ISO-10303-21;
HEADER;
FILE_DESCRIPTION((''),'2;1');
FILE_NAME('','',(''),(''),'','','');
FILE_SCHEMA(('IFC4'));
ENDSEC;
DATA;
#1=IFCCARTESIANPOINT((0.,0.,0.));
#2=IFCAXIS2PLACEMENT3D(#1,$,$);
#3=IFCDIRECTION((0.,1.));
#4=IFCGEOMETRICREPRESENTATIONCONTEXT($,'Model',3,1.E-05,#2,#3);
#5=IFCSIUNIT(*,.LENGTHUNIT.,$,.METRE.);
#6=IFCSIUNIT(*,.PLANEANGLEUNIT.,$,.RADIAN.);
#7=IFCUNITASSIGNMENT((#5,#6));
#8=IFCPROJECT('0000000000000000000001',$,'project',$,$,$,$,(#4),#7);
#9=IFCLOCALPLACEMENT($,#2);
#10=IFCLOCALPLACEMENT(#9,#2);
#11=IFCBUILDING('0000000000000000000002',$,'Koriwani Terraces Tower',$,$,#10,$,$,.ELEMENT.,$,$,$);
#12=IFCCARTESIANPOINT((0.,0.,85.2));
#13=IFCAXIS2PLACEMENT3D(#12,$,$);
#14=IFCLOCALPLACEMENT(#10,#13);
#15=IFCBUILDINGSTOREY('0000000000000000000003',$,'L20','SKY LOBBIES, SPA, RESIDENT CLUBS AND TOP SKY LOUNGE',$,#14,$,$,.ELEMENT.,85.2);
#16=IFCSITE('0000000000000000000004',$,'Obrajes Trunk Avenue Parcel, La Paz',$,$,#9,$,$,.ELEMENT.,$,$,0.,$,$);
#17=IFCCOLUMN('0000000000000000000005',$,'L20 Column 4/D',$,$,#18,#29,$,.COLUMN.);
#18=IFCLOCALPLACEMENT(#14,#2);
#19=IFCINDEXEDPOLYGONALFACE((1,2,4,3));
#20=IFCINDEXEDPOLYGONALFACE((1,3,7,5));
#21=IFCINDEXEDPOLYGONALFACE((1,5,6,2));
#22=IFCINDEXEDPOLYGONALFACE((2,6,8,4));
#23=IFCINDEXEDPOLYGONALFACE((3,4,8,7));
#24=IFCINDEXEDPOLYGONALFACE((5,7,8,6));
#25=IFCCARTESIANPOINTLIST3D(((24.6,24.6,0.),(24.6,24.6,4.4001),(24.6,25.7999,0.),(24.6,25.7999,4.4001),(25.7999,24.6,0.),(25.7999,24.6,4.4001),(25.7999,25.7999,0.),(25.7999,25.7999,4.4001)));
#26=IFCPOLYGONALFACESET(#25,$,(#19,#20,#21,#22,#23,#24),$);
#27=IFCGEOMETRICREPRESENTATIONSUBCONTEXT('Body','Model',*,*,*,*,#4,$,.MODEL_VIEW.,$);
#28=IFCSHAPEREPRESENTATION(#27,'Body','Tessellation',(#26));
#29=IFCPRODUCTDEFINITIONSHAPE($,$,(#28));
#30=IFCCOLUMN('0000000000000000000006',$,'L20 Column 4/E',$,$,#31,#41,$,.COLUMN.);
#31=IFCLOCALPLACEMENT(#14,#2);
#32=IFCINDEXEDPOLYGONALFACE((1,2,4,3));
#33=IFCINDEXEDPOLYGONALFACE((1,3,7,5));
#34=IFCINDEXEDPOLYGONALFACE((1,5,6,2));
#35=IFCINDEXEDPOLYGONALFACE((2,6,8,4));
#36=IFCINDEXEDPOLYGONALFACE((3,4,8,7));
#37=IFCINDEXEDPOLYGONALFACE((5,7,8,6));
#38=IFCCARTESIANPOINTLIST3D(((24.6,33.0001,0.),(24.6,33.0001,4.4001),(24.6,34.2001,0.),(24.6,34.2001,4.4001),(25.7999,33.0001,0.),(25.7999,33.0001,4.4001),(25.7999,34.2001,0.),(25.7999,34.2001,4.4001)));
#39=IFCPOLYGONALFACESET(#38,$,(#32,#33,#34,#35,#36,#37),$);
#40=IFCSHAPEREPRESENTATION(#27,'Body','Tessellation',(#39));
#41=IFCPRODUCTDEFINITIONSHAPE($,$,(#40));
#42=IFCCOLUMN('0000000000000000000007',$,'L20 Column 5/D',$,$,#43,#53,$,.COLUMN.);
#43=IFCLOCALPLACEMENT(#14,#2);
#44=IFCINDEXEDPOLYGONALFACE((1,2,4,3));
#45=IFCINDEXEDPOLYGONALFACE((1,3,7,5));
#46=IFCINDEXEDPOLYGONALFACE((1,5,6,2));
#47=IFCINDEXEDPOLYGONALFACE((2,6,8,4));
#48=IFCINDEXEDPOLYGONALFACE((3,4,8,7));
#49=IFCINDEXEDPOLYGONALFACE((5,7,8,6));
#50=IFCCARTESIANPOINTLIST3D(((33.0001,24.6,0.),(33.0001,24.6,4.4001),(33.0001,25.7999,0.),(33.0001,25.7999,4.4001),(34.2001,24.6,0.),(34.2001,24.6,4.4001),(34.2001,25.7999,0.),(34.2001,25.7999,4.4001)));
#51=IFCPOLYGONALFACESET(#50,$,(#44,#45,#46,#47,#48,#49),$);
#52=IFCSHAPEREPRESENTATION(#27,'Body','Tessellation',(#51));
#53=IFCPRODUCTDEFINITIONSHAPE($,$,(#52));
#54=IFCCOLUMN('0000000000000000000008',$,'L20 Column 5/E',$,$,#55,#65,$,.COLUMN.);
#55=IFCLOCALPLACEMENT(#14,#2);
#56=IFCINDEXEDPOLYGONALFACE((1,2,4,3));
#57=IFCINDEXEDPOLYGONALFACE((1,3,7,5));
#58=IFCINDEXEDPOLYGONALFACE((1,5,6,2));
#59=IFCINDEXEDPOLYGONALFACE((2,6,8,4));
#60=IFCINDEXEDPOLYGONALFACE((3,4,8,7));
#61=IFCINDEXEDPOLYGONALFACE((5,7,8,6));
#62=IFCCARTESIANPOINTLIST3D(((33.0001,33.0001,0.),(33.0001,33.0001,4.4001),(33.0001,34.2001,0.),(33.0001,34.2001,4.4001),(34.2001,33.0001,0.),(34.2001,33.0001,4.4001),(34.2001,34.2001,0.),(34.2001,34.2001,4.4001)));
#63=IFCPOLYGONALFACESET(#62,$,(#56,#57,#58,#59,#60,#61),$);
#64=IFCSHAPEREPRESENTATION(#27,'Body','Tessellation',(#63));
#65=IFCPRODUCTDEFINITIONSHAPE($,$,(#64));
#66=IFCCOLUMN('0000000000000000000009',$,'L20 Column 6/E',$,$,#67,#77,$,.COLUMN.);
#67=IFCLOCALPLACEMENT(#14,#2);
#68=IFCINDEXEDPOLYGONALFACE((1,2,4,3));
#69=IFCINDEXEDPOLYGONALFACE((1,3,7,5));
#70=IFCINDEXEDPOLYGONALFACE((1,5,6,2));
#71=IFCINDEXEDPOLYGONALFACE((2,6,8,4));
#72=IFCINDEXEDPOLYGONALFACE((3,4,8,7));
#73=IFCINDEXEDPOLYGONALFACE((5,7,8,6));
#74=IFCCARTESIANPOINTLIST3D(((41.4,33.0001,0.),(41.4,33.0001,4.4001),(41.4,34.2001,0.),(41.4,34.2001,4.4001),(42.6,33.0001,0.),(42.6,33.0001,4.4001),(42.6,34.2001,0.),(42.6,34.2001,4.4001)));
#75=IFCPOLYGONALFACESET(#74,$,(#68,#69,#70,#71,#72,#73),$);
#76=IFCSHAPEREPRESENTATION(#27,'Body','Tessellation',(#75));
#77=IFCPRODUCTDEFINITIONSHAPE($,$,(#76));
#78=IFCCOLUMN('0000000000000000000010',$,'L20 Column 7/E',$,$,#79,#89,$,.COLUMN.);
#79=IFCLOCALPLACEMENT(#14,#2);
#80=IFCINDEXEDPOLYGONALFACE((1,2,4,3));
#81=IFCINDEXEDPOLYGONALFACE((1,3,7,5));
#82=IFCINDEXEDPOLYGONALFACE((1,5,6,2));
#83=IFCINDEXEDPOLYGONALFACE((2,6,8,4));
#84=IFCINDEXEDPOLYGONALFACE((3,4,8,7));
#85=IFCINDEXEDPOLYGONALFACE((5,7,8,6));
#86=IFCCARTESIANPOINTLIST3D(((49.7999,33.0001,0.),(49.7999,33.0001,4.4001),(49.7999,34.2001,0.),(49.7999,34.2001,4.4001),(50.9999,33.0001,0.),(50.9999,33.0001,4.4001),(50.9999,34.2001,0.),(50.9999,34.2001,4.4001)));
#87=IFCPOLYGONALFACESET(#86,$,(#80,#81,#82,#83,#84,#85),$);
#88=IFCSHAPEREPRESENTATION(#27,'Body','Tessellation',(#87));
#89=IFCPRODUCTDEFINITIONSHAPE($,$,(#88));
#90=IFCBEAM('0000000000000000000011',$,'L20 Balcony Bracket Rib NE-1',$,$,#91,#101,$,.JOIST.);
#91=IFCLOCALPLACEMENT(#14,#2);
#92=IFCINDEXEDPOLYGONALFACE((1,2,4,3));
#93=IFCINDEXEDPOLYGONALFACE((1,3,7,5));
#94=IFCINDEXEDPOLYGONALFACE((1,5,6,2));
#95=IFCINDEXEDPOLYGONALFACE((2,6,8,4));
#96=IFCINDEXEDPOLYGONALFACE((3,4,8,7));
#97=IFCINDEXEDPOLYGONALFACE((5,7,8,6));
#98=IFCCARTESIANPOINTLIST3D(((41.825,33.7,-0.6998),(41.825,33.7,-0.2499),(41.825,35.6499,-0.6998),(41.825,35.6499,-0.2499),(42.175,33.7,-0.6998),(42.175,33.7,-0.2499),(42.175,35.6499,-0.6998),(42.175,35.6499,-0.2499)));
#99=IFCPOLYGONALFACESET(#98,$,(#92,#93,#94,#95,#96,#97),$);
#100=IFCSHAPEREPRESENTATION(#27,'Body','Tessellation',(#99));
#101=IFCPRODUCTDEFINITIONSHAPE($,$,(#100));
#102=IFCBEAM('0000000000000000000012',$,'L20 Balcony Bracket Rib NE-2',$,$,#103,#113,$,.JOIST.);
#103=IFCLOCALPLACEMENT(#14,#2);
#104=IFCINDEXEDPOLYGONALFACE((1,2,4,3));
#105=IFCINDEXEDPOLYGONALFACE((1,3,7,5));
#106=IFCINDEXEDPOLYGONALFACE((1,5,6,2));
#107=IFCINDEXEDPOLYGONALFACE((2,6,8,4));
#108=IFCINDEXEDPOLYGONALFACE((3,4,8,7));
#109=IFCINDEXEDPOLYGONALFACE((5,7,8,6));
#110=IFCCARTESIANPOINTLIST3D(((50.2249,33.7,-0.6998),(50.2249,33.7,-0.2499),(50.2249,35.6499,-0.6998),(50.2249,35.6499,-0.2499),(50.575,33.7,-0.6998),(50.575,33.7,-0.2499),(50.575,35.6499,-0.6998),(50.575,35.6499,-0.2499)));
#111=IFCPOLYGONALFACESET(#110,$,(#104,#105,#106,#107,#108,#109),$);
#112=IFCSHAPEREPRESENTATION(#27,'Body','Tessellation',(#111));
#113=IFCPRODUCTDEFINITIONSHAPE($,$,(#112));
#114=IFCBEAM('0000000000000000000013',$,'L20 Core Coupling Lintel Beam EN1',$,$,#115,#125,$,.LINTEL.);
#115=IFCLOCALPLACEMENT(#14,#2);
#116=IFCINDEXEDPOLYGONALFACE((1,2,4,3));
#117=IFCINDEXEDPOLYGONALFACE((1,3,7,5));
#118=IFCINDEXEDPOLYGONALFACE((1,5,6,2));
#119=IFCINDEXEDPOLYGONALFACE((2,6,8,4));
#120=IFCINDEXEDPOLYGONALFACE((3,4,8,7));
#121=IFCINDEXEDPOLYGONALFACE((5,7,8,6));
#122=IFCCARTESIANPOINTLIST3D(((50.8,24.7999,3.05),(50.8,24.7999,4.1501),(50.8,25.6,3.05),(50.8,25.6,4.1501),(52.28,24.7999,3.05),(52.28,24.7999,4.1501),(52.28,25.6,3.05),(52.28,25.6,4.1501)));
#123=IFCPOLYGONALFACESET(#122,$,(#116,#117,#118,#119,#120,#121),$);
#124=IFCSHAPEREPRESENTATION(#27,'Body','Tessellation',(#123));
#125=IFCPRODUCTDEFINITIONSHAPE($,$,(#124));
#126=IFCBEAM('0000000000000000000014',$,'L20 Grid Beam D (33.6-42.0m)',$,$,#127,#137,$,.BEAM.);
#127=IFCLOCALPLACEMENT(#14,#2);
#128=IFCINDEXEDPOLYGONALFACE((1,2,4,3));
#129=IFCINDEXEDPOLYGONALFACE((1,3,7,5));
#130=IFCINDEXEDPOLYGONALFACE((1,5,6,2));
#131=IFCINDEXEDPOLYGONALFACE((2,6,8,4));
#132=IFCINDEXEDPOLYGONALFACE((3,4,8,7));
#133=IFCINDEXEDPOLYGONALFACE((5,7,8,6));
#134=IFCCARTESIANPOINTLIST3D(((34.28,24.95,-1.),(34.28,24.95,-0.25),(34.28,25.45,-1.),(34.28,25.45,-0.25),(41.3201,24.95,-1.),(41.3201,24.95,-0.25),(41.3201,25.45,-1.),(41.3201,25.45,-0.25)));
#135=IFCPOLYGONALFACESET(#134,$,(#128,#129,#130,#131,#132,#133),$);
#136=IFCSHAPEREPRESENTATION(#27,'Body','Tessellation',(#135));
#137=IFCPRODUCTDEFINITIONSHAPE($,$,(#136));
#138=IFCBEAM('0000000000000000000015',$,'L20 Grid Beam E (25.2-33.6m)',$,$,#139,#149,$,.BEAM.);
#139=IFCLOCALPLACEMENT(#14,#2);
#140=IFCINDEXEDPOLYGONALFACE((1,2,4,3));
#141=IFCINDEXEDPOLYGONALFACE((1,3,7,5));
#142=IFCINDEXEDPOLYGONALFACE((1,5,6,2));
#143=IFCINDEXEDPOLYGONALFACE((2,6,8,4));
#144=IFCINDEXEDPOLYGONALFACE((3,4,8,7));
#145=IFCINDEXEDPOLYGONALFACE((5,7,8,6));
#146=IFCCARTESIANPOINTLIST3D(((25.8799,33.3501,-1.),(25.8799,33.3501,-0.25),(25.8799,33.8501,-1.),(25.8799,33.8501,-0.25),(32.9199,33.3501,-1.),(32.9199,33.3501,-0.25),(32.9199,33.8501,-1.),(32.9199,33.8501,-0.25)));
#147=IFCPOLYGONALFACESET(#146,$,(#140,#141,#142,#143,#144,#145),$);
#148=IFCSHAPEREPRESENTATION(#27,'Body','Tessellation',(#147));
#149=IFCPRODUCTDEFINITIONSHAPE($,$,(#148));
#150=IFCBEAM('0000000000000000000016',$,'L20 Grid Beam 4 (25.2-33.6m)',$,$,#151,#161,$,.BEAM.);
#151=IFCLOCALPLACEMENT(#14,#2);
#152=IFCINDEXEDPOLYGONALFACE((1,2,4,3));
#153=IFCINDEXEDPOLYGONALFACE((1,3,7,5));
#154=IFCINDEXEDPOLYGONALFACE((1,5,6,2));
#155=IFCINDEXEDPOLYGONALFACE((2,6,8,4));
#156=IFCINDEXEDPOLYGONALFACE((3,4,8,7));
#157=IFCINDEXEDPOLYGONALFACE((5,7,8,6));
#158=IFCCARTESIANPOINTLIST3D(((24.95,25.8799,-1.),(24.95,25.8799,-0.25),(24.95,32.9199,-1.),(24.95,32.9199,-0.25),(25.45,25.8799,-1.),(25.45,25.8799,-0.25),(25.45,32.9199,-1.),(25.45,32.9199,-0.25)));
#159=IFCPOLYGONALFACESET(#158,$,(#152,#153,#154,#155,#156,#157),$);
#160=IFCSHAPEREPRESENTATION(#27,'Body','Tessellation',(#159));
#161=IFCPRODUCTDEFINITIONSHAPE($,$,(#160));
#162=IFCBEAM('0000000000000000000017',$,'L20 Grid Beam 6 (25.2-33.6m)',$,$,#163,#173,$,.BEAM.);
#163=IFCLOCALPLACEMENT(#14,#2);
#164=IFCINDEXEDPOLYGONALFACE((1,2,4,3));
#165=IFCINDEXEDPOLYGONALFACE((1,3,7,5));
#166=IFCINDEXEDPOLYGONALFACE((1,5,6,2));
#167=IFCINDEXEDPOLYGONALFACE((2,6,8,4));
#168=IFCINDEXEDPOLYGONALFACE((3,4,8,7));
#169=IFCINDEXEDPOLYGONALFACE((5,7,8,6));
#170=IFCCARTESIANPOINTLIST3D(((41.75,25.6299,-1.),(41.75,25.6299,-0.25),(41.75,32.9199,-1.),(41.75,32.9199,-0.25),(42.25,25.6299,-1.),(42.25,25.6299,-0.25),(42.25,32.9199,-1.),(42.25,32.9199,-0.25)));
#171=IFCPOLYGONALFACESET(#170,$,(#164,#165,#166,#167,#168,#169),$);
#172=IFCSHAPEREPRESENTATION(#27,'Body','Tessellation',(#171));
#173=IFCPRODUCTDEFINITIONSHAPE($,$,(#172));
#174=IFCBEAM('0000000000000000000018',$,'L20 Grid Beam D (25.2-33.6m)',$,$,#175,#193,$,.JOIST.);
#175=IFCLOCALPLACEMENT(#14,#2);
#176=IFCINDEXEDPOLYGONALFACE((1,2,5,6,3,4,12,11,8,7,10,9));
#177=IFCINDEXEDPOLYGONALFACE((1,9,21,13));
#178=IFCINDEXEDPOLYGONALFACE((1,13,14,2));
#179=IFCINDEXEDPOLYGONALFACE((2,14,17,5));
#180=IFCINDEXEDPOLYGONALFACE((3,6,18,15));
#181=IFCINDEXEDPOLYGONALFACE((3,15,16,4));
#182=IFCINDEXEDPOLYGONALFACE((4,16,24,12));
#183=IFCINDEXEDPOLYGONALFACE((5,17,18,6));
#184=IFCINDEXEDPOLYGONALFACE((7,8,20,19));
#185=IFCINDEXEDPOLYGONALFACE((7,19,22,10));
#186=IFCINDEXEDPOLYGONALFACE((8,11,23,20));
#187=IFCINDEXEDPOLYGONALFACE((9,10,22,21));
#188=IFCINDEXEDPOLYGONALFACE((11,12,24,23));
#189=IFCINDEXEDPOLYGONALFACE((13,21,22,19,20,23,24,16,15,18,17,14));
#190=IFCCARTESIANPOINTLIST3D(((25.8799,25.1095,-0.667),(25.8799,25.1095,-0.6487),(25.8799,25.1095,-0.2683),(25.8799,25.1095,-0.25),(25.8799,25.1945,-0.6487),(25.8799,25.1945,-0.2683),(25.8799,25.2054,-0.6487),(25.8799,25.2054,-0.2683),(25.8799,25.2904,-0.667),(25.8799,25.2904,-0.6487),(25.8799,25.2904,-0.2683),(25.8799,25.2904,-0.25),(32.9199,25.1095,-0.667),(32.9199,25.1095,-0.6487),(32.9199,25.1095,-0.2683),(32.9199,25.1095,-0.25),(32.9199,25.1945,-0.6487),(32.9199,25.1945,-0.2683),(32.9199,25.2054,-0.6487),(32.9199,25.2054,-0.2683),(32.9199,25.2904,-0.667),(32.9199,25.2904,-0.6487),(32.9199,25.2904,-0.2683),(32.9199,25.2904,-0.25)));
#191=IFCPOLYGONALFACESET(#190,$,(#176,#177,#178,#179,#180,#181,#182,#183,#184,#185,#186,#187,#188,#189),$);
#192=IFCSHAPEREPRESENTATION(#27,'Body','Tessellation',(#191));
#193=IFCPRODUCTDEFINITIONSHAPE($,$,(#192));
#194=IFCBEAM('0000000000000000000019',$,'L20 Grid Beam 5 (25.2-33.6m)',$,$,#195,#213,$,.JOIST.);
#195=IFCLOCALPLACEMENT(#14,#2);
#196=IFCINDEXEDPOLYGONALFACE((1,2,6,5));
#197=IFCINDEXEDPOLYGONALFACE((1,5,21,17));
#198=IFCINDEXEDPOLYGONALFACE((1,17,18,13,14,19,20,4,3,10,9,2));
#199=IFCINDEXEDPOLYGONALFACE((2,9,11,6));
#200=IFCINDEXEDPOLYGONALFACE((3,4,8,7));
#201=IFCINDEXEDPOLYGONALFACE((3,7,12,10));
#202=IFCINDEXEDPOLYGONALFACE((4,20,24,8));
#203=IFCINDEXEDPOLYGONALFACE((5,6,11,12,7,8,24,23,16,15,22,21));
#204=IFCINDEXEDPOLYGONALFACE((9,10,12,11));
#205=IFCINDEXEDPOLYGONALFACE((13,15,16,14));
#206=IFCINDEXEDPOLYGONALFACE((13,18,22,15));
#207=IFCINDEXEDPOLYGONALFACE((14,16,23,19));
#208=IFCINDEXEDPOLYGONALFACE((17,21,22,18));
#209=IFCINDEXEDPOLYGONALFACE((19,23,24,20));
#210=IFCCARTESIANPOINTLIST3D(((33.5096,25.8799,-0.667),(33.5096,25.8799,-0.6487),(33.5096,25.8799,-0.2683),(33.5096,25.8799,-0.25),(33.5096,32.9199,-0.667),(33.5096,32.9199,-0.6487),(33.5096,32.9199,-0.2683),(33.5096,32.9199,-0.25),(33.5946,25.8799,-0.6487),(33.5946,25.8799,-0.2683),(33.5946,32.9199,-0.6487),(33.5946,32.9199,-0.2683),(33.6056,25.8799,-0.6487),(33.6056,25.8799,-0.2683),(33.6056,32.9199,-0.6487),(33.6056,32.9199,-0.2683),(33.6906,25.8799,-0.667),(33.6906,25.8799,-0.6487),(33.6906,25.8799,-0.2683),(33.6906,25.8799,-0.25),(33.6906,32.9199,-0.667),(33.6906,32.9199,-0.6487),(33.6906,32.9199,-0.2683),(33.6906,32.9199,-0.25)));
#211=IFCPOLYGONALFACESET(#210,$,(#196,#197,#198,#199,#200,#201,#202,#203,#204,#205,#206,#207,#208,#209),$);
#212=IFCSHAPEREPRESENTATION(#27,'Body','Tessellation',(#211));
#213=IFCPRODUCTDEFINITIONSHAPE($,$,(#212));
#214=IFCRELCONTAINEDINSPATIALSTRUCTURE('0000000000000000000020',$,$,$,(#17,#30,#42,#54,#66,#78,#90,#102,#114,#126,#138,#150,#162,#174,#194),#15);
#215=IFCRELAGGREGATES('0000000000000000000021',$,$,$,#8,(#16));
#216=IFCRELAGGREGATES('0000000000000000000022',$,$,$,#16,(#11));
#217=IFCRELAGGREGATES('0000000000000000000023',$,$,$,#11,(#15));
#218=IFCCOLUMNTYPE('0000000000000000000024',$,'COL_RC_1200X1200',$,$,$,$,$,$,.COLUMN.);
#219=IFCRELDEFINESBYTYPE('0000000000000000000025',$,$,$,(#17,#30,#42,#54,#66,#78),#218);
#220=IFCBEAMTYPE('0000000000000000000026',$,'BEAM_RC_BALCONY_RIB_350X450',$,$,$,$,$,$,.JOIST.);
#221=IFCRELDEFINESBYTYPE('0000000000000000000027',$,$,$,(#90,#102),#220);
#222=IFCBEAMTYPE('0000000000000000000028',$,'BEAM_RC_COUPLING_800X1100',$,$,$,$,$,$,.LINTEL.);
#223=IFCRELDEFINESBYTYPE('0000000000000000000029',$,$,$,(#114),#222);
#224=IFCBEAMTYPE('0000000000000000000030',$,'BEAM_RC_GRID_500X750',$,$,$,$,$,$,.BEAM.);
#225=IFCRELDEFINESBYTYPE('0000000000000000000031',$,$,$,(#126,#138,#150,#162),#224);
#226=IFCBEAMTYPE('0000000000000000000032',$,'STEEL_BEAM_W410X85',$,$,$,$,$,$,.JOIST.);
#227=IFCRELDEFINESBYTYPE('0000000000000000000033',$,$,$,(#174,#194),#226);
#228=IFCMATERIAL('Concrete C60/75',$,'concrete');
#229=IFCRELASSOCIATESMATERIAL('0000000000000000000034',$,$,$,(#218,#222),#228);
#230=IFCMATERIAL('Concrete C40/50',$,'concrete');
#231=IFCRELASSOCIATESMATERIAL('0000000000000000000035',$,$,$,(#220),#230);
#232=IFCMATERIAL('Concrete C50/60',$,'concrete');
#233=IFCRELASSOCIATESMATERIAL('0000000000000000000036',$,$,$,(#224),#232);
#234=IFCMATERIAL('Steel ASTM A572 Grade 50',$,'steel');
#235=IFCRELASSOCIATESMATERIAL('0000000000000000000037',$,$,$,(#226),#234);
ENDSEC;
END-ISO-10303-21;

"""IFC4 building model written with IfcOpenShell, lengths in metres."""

from ifc_helpers import new_model, si_unit, direction, frame, origin, origin_2d, place, context, subcontext, project, spatial, rectangle, i_section, extrude, material, material_profile, profile_set, type_object, element, save


model = new_model("IFC4")

# Units and contexts
model_context = context("Model", 3, precision=1e-05, world=origin(), true_north=direction((0.0, 1.0)))
body_context = subcontext(model_context, "Body", "Model", "MODEL_VIEW")
ifc_project = project(units=[si_unit("LENGTHUNIT", "METRE"), si_unit("PLANEANGLEUNIT", "RADIAN")], contexts=[model_context])

# Site, building, storey
site_placement = place(None, origin())
site = spatial("IfcSite", under=ifc_project, at=site_placement, Name="Obrajes Trunk Avenue Parcel, La Paz", CompositionType="ELEMENT", RefElevation=0.0)
building_placement = place(site_placement, origin())
building = spatial("IfcBuilding", under=site, at=building_placement, Name="Koriwani Terraces Tower", CompositionType="ELEMENT")
storey_placement = place(building_placement, frame((0.0, 0.0, 85.2)))
storey = spatial("IfcBuildingStorey", under=building, at=storey_placement, Name="L20", Description="SKY LOBBIES, SPA, RESIDENT CLUBS AND TOP SKY LOUNGE", CompositionType="ELEMENT", Elevation=85.2)

# Columns
ifc_material_1 = material(Name="Concrete C60/75", Category="concrete")
ifc_material_profile_1 = material_profile(ifc_material_1, rectangle(XDim=1.2, YDim=1.2, at=origin_2d()), Name="Concrete C60/75", Category="LoadBearing")
ifc_profile_set_1 = profile_set([ifc_material_profile_1], Name="Concrete C60/75")
column_type = type_object("IfcColumnType", Name="COL_RC_1200X1200", PredefinedType="COLUMN", material=ifc_profile_set_1)
for number, where, z_axis, x_axis, name in (
    (1, (25.2, 25.2, 0.0), (0.0, 0.0, 1.0), (1.0, 0.0, 0.0), "L20 Column 4/D"),
    (2, (25.2, 33.6001, 0.0), (0.0, 0.0, 1.0), (1.0, 0.0, 0.0), "L20 Column 4/E"),
    (3, (33.6001, 25.2, 0.0), (0.0, 0.0, 1.0), (1.0, 0.0, 0.0), "L20 Column 5/D"),
    (4, (33.6001, 33.6001, 0.0), (0.0, 0.0, 1.0), (1.0, 0.0, 0.0), "L20 Column 5/E"),
    (5, (42.0, 33.6001, 0.0), (0.0, 0.0, 1.0), (1.0, 0.0, 0.0), "L20 Column 6/E"),
    (6, (50.3999, 33.6001, 0.0), (0.0, 0.0, 1.0), (1.0, 0.0, 0.0), "L20 Column 7/E"),
):
    element("IfcColumn", number, at=place(storey_placement, frame(where, z_axis=z_axis, x_axis=x_axis)), inside=storey, type_object=column_type, Name=name, PredefinedType="COLUMN", context=body_context, shape_type="SweptSolid", body=[
        extrude(rectangle(XDim=1.2, YDim=1.2, at=origin_2d()), origin(), (0.0, 0.0, 1.0), 4.4001),
    ])

# Beams
ifc_material_2 = material(Name="Concrete C40/50", Category="concrete")
ifc_material_profile_2 = material_profile(ifc_material_2, rectangle(XDim=0.3501, YDim=0.45, at=origin_2d()), Name="Concrete C40/50", Category="LoadBearing")
ifc_profile_set_2 = profile_set([ifc_material_profile_2], Name="Concrete C40/50")
beam_type_1 = type_object("IfcBeamType", Name="BEAM_RC_BALCONY_RIB_350X450", PredefinedType="JOIST", material=ifc_profile_set_2)
for number, where, z_axis, x_axis, name in (
    (7, (42.0, 33.7, -0.4749), (0.0, 1.0, 0.0), (-1.0, 0.0, 0.0), "L20 Balcony Bracket Rib NE-1"),
    (8, (50.3999, 33.7, -0.4749), (0.0, 1.0, 0.0), (-1.0, 0.0, 0.0), "L20 Balcony Bracket Rib NE-2"),
):
    element("IfcBeam", number, at=place(storey_placement, frame(where, z_axis=z_axis, x_axis=x_axis)), inside=storey, type_object=beam_type_1, Name=name, PredefinedType="JOIST", context=body_context, shape_type="SweptSolid", body=[
        extrude(rectangle(XDim=0.3501, YDim=0.45, at=origin_2d()), origin(), (0.0, 0.0, 1.0), 1.95),
    ])
ifc_material_profile_3 = material_profile(ifc_material_1, rectangle(XDim=0.8, YDim=1.1001, at=origin_2d()), Name="Concrete C60/75", Category="LoadBearing")
ifc_profile_set_3 = profile_set([ifc_material_profile_3], Name="Concrete C60/75")
beam_type_2 = type_object("IfcBeamType", Name="BEAM_RC_COUPLING_800X1100", PredefinedType="LINTEL", material=ifc_profile_set_3)
beam_1_placement = place(storey_placement, frame((50.8, 25.2, 3.6001), z_axis=(1.0, 0.0, 0.0), x_axis=(0.0, 1.0, 0.0)))
element("IfcBeam", 9, at=beam_1_placement, inside=storey, type_object=beam_type_2, Name="L20 Core Coupling Lintel Beam EN1", PredefinedType="LINTEL", context=body_context, shape_type="SweptSolid", body=[
    extrude(rectangle(XDim=0.8, YDim=1.1001, at=origin_2d()), origin(), (0.0, 0.0, 1.0), 1.48),
])
ifc_material_3 = material(Name="Concrete C50/60", Category="concrete")
ifc_material_profile_4 = material_profile(ifc_material_3, rectangle(XDim=0.5, YDim=0.75, at=origin_2d()), Name="Concrete C50/60", Category="LoadBearing")
ifc_profile_set_4 = profile_set([ifc_material_profile_4], Name="Concrete C50/60")
beam_type_3 = type_object("IfcBeamType", Name="BEAM_RC_GRID_500X750", PredefinedType="BEAM", material=ifc_profile_set_4)
for number, where, z_axis, x_axis, name in (
    (10, (34.28, 25.2, -0.625), (1.0, 0.0, 0.0), (0.0, 1.0, 0.0), "L20 Grid Beam D (33.6-42.0m)"),
    (11, (25.8799, 33.6001, -0.625), (1.0, 0.0, 0.0), (0.0, 1.0, 0.0), "L20 Grid Beam E (25.2-33.6m)"),
    (12, (25.2, 25.8799, -0.625), (0.0, 1.0, 0.0), (-1.0, 0.0, 0.0), "L20 Grid Beam 4 (25.2-33.6m)"),
):
    element("IfcBeam", number, at=place(storey_placement, frame(where, z_axis=z_axis, x_axis=x_axis)), inside=storey, type_object=beam_type_3, Name=name, PredefinedType="BEAM", context=body_context, shape_type="SweptSolid", body=[
        extrude(rectangle(XDim=0.5, YDim=0.75, at=origin_2d()), origin(), (0.0, 0.0, 1.0), 7.04),
    ])
beam_2_placement = place(storey_placement, frame((42.0, 25.6299, -0.625), z_axis=(0.0, 1.0, 0.0), x_axis=(-1.0, 0.0, 0.0)))
element("IfcBeam", 13, at=beam_2_placement, inside=storey, type_object=beam_type_3, Name="L20 Grid Beam 6 (25.2-33.6m)", PredefinedType="BEAM", context=body_context, shape_type="SweptSolid", body=[
    extrude(rectangle(XDim=0.5, YDim=0.75, at=origin_2d()), origin(), (0.0, 0.0, 1.0), 7.29),
])
ifc_material_4 = material(Name="Steel ASTM A572 Grade 50", Category="steel")
ifc_material_profile_5 = material_profile(ifc_material_4, i_section(OverallWidth=0.1809, OverallDepth=0.417, WebThickness=0.011, FlangeThickness=0.0183, at=origin_2d()), Name="Steel ASTM A572 Grade 50", Category="LoadBearing")
ifc_profile_set_5 = profile_set([ifc_material_profile_5], Name="Steel ASTM A572 Grade 50")
beam_type_4 = type_object("IfcBeamType", Name="STEEL_BEAM_W410X85", PredefinedType="JOIST", material=ifc_profile_set_5)
for number, where, z_axis, x_axis, name in (
    (14, (25.8799, 25.2, -0.4585), (1.0, 0.0, 0.0), (0.0, 1.0, 0.0), "L20 Grid Beam D (25.2-33.6m)"),
    (15, (33.6001, 25.8799, -0.4585), (0.0, 1.0, 0.0), (-1.0, 0.0, 0.0), "L20 Grid Beam 5 (25.2-33.6m)"),
):
    element("IfcBeam", number, at=place(storey_placement, frame(where, z_axis=z_axis, x_axis=x_axis)), inside=storey, type_object=beam_type_4, Name=name, PredefinedType="JOIST", context=body_context, shape_type="SweptSolid", body=[
        extrude(i_section(OverallWidth=0.1809, OverallDepth=0.417, WebThickness=0.011, FlangeThickness=0.0183, at=origin_2d()), origin(), (0.0, 0.0, 1.0), 7.04),
    ])

save(model, "model.ifc")
